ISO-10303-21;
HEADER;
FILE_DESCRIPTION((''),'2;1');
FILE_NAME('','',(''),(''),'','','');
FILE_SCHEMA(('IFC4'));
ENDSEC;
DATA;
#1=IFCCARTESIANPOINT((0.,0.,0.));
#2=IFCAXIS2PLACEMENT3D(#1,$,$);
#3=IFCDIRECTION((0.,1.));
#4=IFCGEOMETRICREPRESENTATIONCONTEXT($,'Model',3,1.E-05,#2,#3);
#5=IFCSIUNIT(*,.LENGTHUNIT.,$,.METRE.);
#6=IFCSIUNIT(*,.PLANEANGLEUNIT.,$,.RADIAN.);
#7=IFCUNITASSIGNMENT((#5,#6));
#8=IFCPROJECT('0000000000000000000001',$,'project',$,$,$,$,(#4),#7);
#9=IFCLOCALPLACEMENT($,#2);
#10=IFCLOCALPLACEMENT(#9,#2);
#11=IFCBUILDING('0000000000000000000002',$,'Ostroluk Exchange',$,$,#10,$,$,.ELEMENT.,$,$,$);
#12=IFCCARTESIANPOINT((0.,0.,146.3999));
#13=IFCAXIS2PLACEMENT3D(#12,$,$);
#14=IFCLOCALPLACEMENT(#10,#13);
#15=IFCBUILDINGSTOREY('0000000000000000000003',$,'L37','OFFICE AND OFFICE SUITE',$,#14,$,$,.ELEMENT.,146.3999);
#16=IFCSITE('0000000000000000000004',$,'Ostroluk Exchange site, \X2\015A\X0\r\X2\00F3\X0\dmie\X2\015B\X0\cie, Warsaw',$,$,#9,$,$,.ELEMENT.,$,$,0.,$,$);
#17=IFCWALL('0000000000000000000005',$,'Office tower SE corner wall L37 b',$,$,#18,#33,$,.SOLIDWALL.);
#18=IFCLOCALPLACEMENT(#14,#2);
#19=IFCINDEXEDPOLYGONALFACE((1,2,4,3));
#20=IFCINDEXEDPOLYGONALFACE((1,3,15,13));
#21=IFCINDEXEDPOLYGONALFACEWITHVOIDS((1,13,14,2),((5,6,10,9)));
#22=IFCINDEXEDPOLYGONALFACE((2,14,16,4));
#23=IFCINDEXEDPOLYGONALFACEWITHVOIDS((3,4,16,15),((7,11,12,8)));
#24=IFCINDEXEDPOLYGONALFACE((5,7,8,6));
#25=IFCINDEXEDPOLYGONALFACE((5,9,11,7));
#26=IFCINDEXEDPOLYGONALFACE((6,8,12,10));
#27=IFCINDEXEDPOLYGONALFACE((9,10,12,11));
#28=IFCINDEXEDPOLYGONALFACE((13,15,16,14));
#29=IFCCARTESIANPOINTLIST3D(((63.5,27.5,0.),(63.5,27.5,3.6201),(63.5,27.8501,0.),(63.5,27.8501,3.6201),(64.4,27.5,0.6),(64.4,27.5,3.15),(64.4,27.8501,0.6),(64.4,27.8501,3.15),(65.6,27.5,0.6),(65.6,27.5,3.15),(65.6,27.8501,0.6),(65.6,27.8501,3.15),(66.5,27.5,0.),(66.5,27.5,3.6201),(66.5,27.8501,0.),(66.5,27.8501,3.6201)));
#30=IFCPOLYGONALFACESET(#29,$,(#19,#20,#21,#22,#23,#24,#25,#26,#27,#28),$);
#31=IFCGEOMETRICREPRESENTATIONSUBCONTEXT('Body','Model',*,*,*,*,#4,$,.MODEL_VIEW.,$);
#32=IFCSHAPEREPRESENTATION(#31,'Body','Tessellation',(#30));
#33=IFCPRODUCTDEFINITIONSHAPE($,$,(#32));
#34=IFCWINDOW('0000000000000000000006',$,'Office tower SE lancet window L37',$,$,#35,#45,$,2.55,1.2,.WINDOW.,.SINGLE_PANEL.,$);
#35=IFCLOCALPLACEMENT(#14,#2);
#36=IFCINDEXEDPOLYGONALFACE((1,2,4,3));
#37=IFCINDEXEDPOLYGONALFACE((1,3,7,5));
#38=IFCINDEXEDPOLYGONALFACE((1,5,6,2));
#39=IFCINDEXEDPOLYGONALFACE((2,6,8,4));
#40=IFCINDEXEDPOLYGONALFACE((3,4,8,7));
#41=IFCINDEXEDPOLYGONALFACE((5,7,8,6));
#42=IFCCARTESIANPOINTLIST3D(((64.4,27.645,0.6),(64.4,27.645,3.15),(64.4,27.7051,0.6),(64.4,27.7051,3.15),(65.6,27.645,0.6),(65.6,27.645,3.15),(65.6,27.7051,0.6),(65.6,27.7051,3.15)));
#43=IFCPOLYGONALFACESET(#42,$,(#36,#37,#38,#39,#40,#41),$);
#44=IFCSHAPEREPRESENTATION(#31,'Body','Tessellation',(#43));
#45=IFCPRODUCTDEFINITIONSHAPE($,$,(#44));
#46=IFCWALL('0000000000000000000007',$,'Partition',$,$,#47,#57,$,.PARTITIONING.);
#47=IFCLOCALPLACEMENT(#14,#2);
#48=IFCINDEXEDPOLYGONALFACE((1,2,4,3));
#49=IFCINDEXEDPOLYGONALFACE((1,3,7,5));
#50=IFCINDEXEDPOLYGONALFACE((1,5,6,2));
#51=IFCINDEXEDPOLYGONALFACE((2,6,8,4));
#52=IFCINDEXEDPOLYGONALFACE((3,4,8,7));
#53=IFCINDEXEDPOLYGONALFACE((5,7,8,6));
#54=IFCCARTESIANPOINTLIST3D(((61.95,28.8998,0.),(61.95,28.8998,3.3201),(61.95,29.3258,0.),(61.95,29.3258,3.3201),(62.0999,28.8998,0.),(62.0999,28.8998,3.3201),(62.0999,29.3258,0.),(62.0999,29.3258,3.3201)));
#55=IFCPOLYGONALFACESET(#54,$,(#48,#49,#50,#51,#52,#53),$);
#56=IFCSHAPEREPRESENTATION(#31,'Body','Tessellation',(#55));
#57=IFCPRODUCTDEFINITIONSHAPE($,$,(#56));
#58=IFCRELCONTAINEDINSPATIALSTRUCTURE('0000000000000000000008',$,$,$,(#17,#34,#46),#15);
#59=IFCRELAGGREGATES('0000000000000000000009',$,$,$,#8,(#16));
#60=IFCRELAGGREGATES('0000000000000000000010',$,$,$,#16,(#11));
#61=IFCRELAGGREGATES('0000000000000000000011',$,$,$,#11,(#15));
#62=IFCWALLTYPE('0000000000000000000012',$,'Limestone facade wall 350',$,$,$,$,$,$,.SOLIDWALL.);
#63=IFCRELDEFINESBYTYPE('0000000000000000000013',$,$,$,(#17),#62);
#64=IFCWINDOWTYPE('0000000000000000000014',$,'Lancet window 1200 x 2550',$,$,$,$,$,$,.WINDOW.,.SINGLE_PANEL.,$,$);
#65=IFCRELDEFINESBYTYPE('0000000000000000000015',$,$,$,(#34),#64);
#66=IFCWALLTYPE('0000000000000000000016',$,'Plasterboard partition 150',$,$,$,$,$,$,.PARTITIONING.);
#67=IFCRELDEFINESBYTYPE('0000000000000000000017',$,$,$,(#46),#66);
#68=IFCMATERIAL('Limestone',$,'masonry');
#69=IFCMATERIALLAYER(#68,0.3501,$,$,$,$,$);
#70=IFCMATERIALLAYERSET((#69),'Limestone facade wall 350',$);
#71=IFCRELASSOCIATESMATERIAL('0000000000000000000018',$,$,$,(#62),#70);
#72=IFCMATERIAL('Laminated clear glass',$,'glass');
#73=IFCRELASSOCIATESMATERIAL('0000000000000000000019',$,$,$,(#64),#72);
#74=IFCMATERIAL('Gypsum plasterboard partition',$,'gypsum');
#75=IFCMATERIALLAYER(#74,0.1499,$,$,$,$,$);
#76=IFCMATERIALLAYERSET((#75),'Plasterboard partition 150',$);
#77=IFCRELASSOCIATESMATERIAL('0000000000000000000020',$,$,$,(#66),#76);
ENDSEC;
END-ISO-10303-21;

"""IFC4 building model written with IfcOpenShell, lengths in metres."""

from ifc_helpers import new_model, si_unit, direction, frame, frame_2d, origin, place, context, subcontext, project, spatial, rectangle, extrude, material, layer, layer_set, type_object, element, fill, save


model = new_model("IFC4")

# Units and contexts
model_context = context("Model", 3, precision=1e-05, world=origin(), true_north=direction((0.0, 1.0)))
body_context = subcontext(model_context, "Body", "Model", "MODEL_VIEW")
ifc_project = project(units=[si_unit("LENGTHUNIT", "METRE"), si_unit("PLANEANGLEUNIT", "RADIAN")], contexts=[model_context])

# Site, building, storey
site_placement = place(None, origin())
site = spatial("IfcSite", under=ifc_project, at=site_placement, Name="Ostroluk Exchange site, Śródmieście, Warsaw", CompositionType="ELEMENT", RefElevation=0.0)
building_placement = place(site_placement, origin())
building = spatial("IfcBuilding", under=site, at=building_placement, Name="Ostroluk Exchange", CompositionType="ELEMENT")
storey_placement = place(building_placement, frame((0.0, 0.0, 146.3999)))
storey = spatial("IfcBuildingStorey", under=building, at=storey_placement, Name="L37", Description="OFFICE AND OFFICE SUITE", CompositionType="ELEMENT", Elevation=146.3999)

# Shared definitions
ifc_material_1 = material(Name="Limestone", Category="masonry")
ifc_layer_1 = layer(ifc_material_1, 0.3501)
ifc_layer_set_1 = layer_set([ifc_layer_1], Name="Limestone facade wall 350")
wall_type_1 = type_object("IfcWallType", Name="Limestone facade wall 350", PredefinedType="SOLIDWALL", material=ifc_layer_set_1)

# Wall, opening, window
wall_1_placement = place(storey_placement, frame((63.5, 27.675, 0.0), z_axis=(0.0, 0.0, 1.0), x_axis=(1.0, 0.0, 0.0)))
wall_1 = element("IfcWall", 1, at=wall_1_placement, inside=storey, type_object=wall_type_1, Name="Office tower SE corner wall L37 b", PredefinedType="SOLIDWALL", context=body_context, shape_type="SweptSolid", body=[
    extrude(rectangle(XDim=3.0, YDim=0.3501, at=frame_2d((1.5, 0.0))), origin(), (0.0, 0.0, 1.0), 3.6201),
])
opening_1_placement = place(wall_1_placement, frame((0.8999, 0.0, 0.6001)))
opening_1 = element("IfcOpeningElement", 2, at=opening_1_placement, cuts=wall_1, PredefinedType="OPENING", context=body_context, shape_type="SweptSolid", body=[
    extrude(rectangle(XDim=1.2, YDim=2.55, at=frame_2d((0.6001, 1.2749))), frame((0.0, 0.1851, 0.0), z_axis=(0.0, -1.0, 0.0), x_axis=(1.0, 0.0, 0.0)), (0.0, 0.0, 1.0), 0.3701),
])
ifc_material_2 = material(Name="Laminated clear glass", Category="glass")
window_type = type_object("IfcWindowType", Name="Lancet window 1200 x 2550", PartitioningType="SINGLE_PANEL", PredefinedType="WINDOW", material=ifc_material_2)
window_placement = place(opening_1_placement, origin())
window = element("IfcWindow", 3, at=window_placement, inside=storey, type_object=window_type, Name="Office tower SE lancet window L37", OverallHeight=2.55, OverallWidth=1.2, PartitioningType="SINGLE_PANEL", PredefinedType="WINDOW", context=body_context, shape_type="SweptSolid", body=[
    extrude(rectangle(XDim=1.2, YDim=2.55, at=frame_2d((0.6001, 1.2749))), frame((0.0, 0.03, 0.0), z_axis=(0.0, -1.0, 0.0), x_axis=(1.0, 0.0, 0.0)), (0.0, 0.0, 1.0), 0.0601),
])
fill(opening_1, window)

# Wall
ifc_material_3 = material(Name="Gypsum plasterboard partition", Category="gypsum")
ifc_layer_2 = layer(ifc_material_3, 0.1499)
ifc_layer_set_2 = layer_set([ifc_layer_2], Name="Plasterboard partition 150")
wall_type_2 = type_object("IfcWallType", Name="Plasterboard partition 150", PredefinedType="PARTITIONING", material=ifc_layer_set_2)
wall_2_placement = place(storey_placement, frame((62.0249, 28.8999, 0.0), z_axis=(0.0, 0.0, 1.0), x_axis=(0.0, 1.0, 0.0)))
element("IfcWall", 4, at=wall_2_placement, inside=storey, type_object=wall_type_2, Name="Partition", PredefinedType="PARTITIONING", context=body_context, shape_type="SweptSolid", body=[
    extrude(rectangle(XDim=0.426, YDim=0.1499, at=frame_2d((0.2129, 0.0))), origin(), (0.0, 0.0, 1.0), 3.3201),
])

save(model, "model.ifc")
